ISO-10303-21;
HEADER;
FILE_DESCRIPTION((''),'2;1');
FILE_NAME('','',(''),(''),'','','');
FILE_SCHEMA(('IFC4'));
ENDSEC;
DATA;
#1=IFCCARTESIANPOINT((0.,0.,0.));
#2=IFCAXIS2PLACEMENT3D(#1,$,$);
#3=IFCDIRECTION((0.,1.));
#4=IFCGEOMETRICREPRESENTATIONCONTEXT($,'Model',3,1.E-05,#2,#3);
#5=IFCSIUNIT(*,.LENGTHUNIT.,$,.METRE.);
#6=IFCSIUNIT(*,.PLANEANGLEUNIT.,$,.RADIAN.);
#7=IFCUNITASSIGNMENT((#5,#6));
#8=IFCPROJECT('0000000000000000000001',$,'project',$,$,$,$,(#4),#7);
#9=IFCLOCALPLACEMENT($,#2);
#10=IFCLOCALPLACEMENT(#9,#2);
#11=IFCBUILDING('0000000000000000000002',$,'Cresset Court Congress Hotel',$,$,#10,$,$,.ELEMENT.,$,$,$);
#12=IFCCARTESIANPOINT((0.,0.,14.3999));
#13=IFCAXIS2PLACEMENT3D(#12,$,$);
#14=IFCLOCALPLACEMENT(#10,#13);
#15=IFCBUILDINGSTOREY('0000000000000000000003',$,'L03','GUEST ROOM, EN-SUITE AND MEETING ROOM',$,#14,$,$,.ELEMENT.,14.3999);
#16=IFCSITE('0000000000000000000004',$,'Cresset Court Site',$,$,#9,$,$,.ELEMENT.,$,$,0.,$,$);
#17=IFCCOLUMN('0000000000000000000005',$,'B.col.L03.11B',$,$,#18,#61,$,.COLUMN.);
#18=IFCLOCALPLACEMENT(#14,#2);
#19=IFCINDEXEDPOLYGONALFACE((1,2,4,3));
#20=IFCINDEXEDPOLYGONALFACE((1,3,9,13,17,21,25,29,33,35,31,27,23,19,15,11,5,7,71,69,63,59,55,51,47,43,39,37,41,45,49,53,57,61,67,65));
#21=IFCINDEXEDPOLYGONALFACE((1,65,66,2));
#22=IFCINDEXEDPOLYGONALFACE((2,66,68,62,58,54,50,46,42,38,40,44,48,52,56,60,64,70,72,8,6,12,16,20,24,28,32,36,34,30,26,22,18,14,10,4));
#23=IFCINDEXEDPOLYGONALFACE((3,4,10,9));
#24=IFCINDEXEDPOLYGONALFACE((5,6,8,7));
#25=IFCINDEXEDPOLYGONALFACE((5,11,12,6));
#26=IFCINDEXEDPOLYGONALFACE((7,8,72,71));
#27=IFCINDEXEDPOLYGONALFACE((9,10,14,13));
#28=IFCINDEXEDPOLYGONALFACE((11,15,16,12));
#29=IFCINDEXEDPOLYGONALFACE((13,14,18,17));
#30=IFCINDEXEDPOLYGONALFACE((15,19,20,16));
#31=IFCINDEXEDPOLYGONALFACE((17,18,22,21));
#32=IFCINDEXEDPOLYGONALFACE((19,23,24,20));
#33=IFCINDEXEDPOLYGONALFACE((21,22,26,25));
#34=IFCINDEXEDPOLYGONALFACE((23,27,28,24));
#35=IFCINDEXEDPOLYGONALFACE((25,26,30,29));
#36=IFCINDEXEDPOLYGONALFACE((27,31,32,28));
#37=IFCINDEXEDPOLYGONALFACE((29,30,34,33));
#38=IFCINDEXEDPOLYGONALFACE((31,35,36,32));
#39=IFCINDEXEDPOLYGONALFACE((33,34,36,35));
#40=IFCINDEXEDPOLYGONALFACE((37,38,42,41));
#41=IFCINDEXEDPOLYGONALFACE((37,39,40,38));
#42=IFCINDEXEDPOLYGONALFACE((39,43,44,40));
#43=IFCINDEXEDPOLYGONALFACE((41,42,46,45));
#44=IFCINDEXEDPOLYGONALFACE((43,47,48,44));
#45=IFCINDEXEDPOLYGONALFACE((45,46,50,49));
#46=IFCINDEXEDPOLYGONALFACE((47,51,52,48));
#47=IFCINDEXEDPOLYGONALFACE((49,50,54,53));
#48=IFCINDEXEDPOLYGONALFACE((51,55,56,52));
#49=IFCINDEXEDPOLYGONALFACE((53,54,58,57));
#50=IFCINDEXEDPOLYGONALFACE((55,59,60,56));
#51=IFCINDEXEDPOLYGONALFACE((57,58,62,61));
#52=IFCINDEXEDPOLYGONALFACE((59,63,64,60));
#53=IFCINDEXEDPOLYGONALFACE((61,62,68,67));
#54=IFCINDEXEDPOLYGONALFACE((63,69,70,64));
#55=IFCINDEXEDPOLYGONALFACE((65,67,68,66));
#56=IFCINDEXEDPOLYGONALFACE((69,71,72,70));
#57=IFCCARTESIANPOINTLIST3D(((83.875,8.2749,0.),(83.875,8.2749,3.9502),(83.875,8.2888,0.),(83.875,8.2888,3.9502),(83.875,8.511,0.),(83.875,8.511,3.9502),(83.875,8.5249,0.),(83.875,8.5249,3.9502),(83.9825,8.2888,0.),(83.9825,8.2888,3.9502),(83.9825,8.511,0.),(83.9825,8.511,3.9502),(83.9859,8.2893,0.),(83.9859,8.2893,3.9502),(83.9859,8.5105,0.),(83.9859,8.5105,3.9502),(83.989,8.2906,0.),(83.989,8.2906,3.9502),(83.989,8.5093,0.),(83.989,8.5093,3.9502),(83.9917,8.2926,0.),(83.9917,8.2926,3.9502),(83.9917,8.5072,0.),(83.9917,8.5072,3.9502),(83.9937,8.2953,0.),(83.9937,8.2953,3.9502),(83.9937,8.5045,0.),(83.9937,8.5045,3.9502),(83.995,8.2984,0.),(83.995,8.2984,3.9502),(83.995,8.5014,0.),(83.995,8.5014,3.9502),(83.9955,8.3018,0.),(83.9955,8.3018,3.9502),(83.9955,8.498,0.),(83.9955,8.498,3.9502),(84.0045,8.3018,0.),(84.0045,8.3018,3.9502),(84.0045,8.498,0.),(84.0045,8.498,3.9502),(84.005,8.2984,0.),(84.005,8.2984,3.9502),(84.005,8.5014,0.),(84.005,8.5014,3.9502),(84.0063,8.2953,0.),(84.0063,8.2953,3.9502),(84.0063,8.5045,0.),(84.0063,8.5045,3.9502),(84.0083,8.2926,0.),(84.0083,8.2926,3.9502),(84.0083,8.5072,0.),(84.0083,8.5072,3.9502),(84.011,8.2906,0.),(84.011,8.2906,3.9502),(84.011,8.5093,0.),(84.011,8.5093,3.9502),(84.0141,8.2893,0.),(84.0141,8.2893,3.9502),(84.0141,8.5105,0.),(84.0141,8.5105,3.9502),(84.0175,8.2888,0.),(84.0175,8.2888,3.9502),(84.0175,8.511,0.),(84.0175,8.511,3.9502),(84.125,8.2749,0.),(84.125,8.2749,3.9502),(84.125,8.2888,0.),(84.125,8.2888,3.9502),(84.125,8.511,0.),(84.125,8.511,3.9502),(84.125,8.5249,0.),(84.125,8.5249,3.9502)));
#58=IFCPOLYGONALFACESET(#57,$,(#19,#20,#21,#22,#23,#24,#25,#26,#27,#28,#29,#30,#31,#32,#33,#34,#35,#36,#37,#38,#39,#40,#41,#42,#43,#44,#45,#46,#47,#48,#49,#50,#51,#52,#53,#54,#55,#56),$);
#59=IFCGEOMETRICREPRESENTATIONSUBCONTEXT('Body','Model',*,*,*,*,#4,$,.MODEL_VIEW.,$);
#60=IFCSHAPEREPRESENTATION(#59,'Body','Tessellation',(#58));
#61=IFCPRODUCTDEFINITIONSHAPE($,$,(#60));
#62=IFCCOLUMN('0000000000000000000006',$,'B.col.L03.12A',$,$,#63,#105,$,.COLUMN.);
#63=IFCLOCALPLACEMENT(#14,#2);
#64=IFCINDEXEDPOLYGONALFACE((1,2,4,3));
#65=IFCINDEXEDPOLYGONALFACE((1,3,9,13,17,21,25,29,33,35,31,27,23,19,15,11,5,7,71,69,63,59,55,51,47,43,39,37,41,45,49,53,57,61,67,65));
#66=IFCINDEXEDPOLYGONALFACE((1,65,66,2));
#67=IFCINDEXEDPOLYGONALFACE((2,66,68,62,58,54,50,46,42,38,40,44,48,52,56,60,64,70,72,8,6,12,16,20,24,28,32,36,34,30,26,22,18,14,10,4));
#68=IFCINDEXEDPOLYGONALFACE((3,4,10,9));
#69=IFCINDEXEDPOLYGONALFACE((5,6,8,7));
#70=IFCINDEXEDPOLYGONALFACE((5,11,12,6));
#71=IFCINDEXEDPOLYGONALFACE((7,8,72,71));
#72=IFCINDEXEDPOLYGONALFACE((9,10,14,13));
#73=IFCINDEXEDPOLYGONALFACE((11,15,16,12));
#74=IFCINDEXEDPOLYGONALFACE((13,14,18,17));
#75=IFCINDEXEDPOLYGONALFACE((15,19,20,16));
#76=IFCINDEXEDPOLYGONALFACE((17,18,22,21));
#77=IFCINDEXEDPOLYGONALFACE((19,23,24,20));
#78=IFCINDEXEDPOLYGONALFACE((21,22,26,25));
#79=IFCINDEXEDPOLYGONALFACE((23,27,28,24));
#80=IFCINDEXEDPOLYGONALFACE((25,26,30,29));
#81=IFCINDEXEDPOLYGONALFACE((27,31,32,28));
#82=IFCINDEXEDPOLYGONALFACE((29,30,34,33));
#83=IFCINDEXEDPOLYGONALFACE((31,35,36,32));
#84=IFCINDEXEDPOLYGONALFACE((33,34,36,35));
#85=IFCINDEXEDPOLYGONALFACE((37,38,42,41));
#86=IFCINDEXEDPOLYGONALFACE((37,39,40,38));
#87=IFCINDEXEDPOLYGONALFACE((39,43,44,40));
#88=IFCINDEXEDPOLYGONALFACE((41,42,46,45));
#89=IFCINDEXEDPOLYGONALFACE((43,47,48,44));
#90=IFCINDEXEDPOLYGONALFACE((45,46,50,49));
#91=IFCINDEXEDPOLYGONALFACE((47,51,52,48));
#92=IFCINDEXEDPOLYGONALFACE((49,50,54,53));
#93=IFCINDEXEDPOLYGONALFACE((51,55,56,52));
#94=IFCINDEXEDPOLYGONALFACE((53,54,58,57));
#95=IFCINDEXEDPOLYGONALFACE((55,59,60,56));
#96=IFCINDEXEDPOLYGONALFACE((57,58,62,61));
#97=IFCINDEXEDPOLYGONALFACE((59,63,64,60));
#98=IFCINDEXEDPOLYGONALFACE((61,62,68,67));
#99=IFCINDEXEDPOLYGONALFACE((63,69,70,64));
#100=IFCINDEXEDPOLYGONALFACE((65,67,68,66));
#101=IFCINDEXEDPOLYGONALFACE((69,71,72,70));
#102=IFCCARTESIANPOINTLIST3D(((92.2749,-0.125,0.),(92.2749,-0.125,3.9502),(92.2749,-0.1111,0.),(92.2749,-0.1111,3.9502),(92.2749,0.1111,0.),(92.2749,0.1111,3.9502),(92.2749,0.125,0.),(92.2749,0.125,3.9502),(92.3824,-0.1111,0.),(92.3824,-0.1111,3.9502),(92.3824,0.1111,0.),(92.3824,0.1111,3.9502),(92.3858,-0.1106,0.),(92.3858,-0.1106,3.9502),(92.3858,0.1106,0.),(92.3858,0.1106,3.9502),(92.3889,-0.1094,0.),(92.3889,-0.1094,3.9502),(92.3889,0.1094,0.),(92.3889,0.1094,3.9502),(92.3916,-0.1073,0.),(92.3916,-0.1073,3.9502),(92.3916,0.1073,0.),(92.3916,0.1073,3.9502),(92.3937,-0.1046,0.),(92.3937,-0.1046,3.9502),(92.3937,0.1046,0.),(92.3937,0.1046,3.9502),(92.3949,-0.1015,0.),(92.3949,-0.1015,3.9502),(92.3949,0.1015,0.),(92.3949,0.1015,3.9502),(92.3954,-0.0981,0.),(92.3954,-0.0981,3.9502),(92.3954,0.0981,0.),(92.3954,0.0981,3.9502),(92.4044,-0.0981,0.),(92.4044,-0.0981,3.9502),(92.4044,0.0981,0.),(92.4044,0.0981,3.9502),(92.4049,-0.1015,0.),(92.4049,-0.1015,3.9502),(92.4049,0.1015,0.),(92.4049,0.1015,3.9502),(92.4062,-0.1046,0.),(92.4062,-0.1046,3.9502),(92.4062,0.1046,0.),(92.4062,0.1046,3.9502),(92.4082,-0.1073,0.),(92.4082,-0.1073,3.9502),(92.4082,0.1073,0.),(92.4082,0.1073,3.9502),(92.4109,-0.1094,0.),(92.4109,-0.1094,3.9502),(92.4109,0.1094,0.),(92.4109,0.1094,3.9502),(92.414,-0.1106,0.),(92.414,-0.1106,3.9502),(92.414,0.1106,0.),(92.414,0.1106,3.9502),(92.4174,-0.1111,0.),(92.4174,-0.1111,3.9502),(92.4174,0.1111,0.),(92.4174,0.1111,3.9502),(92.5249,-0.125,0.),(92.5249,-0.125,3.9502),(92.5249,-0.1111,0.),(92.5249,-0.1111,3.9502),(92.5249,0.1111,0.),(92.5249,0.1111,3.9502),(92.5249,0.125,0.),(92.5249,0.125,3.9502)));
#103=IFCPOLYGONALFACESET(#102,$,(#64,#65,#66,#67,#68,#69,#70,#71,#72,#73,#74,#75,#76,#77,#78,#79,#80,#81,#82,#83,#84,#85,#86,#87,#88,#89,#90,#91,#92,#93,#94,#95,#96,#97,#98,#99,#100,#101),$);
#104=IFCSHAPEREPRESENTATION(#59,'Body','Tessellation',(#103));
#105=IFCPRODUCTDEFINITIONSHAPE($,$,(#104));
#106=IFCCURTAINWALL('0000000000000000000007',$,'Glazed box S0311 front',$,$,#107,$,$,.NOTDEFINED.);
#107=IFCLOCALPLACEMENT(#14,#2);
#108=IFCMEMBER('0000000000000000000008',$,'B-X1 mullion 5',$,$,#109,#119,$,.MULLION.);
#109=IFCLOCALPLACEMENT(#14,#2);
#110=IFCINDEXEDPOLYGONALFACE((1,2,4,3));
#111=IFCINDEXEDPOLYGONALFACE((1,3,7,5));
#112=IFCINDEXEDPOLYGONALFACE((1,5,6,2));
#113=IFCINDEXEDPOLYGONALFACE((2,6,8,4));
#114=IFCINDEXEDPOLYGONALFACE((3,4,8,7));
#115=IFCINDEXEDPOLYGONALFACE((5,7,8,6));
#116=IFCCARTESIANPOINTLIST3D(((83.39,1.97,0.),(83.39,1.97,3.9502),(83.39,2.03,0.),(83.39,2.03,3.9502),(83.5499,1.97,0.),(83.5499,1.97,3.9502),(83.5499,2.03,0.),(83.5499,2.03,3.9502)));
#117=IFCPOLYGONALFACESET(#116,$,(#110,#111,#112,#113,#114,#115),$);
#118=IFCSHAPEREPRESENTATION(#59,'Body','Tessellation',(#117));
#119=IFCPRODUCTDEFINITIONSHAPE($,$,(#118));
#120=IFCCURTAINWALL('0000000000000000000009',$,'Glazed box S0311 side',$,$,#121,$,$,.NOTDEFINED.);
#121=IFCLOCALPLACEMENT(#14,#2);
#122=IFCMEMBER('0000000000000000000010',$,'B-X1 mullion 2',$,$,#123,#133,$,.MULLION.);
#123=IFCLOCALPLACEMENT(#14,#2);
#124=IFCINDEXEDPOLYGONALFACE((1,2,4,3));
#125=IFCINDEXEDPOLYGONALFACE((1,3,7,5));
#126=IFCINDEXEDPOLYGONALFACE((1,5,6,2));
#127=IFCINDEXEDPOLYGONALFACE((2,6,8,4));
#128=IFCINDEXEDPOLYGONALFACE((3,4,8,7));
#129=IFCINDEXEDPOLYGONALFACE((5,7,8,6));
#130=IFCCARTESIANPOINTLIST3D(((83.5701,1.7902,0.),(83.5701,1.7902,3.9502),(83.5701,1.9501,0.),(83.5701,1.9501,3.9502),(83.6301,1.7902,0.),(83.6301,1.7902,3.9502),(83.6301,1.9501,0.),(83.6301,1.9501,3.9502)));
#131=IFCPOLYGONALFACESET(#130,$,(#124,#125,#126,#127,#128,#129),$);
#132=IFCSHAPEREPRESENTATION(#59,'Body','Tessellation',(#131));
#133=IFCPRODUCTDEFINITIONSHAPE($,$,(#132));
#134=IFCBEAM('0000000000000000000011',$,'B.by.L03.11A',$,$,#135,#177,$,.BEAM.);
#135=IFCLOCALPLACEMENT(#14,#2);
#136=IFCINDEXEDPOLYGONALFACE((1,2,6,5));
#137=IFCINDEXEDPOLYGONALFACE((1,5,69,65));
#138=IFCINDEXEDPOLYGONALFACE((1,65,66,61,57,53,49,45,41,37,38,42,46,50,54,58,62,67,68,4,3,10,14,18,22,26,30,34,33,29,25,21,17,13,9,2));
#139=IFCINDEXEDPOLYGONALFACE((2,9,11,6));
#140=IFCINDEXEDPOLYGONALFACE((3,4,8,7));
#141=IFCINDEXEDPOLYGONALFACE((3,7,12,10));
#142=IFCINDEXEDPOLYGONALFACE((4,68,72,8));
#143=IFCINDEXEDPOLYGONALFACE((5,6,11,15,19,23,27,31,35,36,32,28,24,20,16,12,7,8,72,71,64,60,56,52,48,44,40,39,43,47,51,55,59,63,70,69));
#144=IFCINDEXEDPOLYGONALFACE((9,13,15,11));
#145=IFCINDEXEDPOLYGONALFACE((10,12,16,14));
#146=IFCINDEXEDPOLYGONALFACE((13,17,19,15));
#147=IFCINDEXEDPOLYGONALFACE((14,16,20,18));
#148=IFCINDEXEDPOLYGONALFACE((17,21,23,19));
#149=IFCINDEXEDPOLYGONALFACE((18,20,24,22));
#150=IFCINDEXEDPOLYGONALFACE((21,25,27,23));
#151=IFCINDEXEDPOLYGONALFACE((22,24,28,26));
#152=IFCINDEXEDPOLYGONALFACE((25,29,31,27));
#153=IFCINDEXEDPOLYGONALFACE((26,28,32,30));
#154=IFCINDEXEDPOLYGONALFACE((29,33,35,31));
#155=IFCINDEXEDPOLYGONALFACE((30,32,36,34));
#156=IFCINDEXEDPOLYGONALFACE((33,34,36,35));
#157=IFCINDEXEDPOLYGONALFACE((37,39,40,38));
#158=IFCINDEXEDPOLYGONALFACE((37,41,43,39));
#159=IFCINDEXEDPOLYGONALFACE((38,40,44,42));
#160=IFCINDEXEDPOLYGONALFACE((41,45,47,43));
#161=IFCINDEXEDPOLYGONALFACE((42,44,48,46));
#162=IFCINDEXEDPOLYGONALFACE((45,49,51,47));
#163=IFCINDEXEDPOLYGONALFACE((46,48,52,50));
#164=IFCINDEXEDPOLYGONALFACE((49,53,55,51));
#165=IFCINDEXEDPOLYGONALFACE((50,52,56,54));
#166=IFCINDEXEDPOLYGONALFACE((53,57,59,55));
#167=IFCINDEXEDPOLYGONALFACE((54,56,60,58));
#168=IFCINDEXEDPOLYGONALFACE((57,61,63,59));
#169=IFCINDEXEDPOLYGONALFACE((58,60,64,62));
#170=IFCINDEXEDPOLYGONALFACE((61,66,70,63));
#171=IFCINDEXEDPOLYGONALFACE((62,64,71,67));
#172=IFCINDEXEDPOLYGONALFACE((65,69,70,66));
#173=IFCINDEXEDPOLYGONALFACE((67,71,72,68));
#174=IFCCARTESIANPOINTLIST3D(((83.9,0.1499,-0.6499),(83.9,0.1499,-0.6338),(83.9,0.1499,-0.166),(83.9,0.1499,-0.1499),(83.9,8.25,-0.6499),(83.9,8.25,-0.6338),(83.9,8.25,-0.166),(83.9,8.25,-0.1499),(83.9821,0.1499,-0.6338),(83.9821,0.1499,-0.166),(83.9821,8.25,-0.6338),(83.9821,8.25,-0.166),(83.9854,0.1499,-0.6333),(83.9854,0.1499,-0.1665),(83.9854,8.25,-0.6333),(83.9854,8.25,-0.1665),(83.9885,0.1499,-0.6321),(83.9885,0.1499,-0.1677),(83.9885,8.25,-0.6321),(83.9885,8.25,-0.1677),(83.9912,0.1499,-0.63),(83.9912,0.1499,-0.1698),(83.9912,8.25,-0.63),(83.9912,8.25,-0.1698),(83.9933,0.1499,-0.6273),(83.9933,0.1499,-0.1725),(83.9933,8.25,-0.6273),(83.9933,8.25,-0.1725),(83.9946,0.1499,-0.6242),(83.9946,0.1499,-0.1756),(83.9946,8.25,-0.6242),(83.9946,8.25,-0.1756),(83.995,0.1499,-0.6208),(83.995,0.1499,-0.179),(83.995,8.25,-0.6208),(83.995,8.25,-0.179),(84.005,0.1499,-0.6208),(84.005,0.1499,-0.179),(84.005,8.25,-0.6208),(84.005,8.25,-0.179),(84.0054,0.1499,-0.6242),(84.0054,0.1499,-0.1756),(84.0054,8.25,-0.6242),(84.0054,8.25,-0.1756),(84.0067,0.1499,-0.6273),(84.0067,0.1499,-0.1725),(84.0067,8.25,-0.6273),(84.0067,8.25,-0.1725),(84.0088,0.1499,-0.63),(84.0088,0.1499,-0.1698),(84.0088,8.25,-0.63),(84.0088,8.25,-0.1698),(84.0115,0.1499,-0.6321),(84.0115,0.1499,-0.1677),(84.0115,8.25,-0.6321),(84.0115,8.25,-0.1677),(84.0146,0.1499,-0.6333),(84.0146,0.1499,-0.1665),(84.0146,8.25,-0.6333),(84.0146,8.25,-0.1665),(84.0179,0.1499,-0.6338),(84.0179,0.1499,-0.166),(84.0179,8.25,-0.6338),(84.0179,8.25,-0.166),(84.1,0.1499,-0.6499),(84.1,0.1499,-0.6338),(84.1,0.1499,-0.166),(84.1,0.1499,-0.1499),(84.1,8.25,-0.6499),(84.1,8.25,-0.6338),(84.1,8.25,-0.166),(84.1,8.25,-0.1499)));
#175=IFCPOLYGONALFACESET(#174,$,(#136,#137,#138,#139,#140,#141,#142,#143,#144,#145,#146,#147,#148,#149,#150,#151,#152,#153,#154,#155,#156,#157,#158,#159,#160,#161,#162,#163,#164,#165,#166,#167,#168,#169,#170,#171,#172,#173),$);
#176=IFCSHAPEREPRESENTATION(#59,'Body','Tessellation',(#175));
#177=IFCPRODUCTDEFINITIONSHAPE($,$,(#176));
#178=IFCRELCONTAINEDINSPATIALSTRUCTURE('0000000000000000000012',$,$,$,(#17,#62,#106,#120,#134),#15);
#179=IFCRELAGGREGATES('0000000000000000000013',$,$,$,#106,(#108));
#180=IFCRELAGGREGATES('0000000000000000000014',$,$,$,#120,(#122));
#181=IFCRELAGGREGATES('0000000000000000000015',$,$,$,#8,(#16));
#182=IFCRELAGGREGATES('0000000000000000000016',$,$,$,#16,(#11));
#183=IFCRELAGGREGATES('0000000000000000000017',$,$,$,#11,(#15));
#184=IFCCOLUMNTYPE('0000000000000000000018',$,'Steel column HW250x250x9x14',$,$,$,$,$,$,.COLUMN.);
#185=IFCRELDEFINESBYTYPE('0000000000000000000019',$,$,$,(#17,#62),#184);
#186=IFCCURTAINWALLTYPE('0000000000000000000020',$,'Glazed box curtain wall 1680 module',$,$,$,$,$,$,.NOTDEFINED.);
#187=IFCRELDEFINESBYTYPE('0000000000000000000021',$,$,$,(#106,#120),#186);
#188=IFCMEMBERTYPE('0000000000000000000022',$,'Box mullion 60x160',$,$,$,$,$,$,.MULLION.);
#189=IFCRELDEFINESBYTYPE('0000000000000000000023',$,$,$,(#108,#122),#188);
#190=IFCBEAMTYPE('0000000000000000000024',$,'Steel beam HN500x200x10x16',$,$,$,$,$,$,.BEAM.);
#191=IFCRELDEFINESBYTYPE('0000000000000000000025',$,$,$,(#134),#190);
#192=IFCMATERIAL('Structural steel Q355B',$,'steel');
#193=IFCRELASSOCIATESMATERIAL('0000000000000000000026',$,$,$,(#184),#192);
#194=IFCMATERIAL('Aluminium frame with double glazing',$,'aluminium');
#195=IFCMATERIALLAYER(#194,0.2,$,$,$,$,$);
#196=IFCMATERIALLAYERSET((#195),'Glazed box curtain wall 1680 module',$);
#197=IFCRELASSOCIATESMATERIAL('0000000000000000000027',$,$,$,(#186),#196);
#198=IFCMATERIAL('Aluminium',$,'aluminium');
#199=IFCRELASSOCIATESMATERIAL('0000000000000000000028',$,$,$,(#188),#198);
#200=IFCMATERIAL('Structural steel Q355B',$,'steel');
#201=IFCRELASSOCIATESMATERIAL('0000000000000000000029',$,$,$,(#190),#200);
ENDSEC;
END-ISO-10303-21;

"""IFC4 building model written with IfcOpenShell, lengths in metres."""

from ifc_helpers import new_model, si_unit, direction, frame, origin, origin_2d, place, context, subcontext, project, spatial, rectangle, i_section, extrude, material, layer, layer_set, material_profile, profile_set, type_object, element, aggregate, save


model = new_model("IFC4")

# Units and contexts
model_context = context("Model", 3, precision=1e-05, world=origin(), true_north=direction((0.0, 1.0)))
body_context = subcontext(model_context, "Body", "Model", "MODEL_VIEW")
ifc_project = project(units=[si_unit("LENGTHUNIT", "METRE"), si_unit("PLANEANGLEUNIT", "RADIAN")], contexts=[model_context])

# Site, building, storey
site_placement = place(None, origin())
site = spatial("IfcSite", under=ifc_project, at=site_placement, Name="Cresset Court Site", CompositionType="ELEMENT", RefElevation=0.0)
building_placement = place(site_placement, origin())
building = spatial("IfcBuilding", under=site, at=building_placement, Name="Cresset Court Congress Hotel", CompositionType="ELEMENT")
storey_placement = place(building_placement, frame((0.0, 0.0, 14.3999)))
storey = spatial("IfcBuildingStorey", under=building, at=storey_placement, Name="L03", Description="GUEST ROOM, EN-SUITE AND MEETING ROOM", CompositionType="ELEMENT", Elevation=14.3999)

# Columns
ifc_material_1 = material(Name="Structural steel Q355B", Category="steel")
ifc_material_profile_1 = material_profile(ifc_material_1, i_section(OverallWidth=0.25, OverallDepth=0.25, WebThickness=0.009, FlangeThickness=0.0139, FilletRadius=0.0129, at=origin_2d()), Name="HW250x250x9x14")
ifc_profile_set_1 = profile_set([ifc_material_profile_1], Name="Structural steel Q355B")
column_type = type_object("IfcColumnType", Name="Steel column HW250x250x9x14", PredefinedType="COLUMN", material=ifc_profile_set_1)
for number, where, z_axis, x_axis, name in (
    (1, (84.0, 8.3999, 0.0), (0.0, 0.0, 1.0), (1.0, 0.0, 0.0), "B.col.L03.11B"),
    (2, (92.3999, 0.0, 0.0), (0.0, 0.0, 1.0), (1.0, 0.0, 0.0), "B.col.L03.12A"),
):
    element("IfcColumn", number, at=place(storey_placement, frame(where, z_axis=z_axis, x_axis=x_axis)), inside=storey, type_object=column_type, Name=name, PredefinedType="COLUMN", context=body_context, shape_type="SweptSolid", body=[
        extrude(i_section(OverallWidth=0.25, OverallDepth=0.25, WebThickness=0.009, FlangeThickness=0.0139, FilletRadius=0.0129, at=origin_2d()), origin(), (0.0, 0.0, 1.0), 3.9502),
    ])

# Curtain walls, members
ifc_material_2 = material(Name="Aluminium frame with double glazing", Category="aluminium")
ifc_layer_1 = layer(ifc_material_2, 0.2)
ifc_layer_set_1 = layer_set([ifc_layer_1], Name="Glazed box curtain wall 1680 module")
curtain_wall_type = type_object("IfcCurtainWallType", Name="Glazed box curtain wall 1680 module", PredefinedType="NOTDEFINED", material=ifc_layer_set_1)
curtain_wall_1_placement = place(storey_placement, origin())
curtain_wall_1 = element("IfcCurtainWall", 3, at=curtain_wall_1_placement, inside=storey, type_object=curtain_wall_type, Name="Glazed box S0311 front", PredefinedType="NOTDEFINED")
ifc_material_3 = material(Name="Aluminium", Category="aluminium")
ifc_material_profile_2 = material_profile(ifc_material_3, rectangle(XDim=0.0601, YDim=0.1599, at=origin_2d()), Name="Box mullion 60x160")
ifc_profile_set_2 = profile_set([ifc_material_profile_2], Name="Aluminium")
member_type = type_object("IfcMemberType", Name="Box mullion 60x160", PredefinedType="MULLION", material=ifc_profile_set_2)
member_1_placement = place(storey_placement, frame((83.47, 2.0, 0.0), z_axis=(0.0, 0.0, 1.0), x_axis=(0.0, 1.0, 0.0)))
member_1 = element("IfcMember", 4, at=member_1_placement, type_object=member_type, Name="B-X1 mullion 5", PredefinedType="MULLION", context=body_context, shape_type="SweptSolid", body=[
    extrude(rectangle(XDim=0.0601, YDim=0.1599, at=origin_2d()), origin(), (0.0, 0.0, 1.0), 3.9502),
])
curtain_wall_2_placement = place(storey_placement, origin())
curtain_wall_2 = element("IfcCurtainWall", 5, at=curtain_wall_2_placement, inside=storey, type_object=curtain_wall_type, Name="Glazed box S0311 side", PredefinedType="NOTDEFINED")
member_2_placement = place(storey_placement, frame((83.6001, 1.8701, 0.0), z_axis=(0.0, 0.0, 1.0), x_axis=(-1.0, 0.0, 0.0)))
member_2 = element("IfcMember", 6, at=member_2_placement, type_object=member_type, Name="B-X1 mullion 2", PredefinedType="MULLION", context=body_context, shape_type="SweptSolid", body=[
    extrude(rectangle(XDim=0.0601, YDim=0.1599, at=origin_2d()), origin(), (0.0, 0.0, 1.0), 3.9502),
])

# Beam
ifc_material_4 = material(Name="Structural steel Q355B", Category="steel")
ifc_material_profile_3 = material_profile(ifc_material_4, i_section(OverallWidth=0.2, OverallDepth=0.5, WebThickness=0.01, FlangeThickness=0.0161, FilletRadius=0.0129, at=origin_2d()), Name="HN500x200x10x16")
ifc_profile_set_3 = profile_set([ifc_material_profile_3], Name="Structural steel Q355B")
beam_type_1 = type_object("IfcBeamType", Name="Steel beam HN500x200x10x16", PredefinedType="BEAM", material=ifc_profile_set_3)
beam_1_placement = place(storey_placement, frame((84.0, 0.1499, -0.3999), z_axis=(0.0, 1.0, 0.0), x_axis=(-1.0, 0.0, 0.0)))
element("IfcBeam", 7, at=beam_1_placement, inside=storey, type_object=beam_type_1, Name="B.by.L03.11A", PredefinedType="BEAM", context=body_context, shape_type="SweptSolid", body=[
    extrude(i_section(OverallWidth=0.2, OverallDepth=0.5, WebThickness=0.01, FlangeThickness=0.0161, FilletRadius=0.0129, at=origin_2d()), origin(), (0.0, 0.0, 1.0), 8.1001),
])

aggregate(curtain_wall_1, [member_1])
aggregate(curtain_wall_2, [member_2])

save(model, "model.ifc")
